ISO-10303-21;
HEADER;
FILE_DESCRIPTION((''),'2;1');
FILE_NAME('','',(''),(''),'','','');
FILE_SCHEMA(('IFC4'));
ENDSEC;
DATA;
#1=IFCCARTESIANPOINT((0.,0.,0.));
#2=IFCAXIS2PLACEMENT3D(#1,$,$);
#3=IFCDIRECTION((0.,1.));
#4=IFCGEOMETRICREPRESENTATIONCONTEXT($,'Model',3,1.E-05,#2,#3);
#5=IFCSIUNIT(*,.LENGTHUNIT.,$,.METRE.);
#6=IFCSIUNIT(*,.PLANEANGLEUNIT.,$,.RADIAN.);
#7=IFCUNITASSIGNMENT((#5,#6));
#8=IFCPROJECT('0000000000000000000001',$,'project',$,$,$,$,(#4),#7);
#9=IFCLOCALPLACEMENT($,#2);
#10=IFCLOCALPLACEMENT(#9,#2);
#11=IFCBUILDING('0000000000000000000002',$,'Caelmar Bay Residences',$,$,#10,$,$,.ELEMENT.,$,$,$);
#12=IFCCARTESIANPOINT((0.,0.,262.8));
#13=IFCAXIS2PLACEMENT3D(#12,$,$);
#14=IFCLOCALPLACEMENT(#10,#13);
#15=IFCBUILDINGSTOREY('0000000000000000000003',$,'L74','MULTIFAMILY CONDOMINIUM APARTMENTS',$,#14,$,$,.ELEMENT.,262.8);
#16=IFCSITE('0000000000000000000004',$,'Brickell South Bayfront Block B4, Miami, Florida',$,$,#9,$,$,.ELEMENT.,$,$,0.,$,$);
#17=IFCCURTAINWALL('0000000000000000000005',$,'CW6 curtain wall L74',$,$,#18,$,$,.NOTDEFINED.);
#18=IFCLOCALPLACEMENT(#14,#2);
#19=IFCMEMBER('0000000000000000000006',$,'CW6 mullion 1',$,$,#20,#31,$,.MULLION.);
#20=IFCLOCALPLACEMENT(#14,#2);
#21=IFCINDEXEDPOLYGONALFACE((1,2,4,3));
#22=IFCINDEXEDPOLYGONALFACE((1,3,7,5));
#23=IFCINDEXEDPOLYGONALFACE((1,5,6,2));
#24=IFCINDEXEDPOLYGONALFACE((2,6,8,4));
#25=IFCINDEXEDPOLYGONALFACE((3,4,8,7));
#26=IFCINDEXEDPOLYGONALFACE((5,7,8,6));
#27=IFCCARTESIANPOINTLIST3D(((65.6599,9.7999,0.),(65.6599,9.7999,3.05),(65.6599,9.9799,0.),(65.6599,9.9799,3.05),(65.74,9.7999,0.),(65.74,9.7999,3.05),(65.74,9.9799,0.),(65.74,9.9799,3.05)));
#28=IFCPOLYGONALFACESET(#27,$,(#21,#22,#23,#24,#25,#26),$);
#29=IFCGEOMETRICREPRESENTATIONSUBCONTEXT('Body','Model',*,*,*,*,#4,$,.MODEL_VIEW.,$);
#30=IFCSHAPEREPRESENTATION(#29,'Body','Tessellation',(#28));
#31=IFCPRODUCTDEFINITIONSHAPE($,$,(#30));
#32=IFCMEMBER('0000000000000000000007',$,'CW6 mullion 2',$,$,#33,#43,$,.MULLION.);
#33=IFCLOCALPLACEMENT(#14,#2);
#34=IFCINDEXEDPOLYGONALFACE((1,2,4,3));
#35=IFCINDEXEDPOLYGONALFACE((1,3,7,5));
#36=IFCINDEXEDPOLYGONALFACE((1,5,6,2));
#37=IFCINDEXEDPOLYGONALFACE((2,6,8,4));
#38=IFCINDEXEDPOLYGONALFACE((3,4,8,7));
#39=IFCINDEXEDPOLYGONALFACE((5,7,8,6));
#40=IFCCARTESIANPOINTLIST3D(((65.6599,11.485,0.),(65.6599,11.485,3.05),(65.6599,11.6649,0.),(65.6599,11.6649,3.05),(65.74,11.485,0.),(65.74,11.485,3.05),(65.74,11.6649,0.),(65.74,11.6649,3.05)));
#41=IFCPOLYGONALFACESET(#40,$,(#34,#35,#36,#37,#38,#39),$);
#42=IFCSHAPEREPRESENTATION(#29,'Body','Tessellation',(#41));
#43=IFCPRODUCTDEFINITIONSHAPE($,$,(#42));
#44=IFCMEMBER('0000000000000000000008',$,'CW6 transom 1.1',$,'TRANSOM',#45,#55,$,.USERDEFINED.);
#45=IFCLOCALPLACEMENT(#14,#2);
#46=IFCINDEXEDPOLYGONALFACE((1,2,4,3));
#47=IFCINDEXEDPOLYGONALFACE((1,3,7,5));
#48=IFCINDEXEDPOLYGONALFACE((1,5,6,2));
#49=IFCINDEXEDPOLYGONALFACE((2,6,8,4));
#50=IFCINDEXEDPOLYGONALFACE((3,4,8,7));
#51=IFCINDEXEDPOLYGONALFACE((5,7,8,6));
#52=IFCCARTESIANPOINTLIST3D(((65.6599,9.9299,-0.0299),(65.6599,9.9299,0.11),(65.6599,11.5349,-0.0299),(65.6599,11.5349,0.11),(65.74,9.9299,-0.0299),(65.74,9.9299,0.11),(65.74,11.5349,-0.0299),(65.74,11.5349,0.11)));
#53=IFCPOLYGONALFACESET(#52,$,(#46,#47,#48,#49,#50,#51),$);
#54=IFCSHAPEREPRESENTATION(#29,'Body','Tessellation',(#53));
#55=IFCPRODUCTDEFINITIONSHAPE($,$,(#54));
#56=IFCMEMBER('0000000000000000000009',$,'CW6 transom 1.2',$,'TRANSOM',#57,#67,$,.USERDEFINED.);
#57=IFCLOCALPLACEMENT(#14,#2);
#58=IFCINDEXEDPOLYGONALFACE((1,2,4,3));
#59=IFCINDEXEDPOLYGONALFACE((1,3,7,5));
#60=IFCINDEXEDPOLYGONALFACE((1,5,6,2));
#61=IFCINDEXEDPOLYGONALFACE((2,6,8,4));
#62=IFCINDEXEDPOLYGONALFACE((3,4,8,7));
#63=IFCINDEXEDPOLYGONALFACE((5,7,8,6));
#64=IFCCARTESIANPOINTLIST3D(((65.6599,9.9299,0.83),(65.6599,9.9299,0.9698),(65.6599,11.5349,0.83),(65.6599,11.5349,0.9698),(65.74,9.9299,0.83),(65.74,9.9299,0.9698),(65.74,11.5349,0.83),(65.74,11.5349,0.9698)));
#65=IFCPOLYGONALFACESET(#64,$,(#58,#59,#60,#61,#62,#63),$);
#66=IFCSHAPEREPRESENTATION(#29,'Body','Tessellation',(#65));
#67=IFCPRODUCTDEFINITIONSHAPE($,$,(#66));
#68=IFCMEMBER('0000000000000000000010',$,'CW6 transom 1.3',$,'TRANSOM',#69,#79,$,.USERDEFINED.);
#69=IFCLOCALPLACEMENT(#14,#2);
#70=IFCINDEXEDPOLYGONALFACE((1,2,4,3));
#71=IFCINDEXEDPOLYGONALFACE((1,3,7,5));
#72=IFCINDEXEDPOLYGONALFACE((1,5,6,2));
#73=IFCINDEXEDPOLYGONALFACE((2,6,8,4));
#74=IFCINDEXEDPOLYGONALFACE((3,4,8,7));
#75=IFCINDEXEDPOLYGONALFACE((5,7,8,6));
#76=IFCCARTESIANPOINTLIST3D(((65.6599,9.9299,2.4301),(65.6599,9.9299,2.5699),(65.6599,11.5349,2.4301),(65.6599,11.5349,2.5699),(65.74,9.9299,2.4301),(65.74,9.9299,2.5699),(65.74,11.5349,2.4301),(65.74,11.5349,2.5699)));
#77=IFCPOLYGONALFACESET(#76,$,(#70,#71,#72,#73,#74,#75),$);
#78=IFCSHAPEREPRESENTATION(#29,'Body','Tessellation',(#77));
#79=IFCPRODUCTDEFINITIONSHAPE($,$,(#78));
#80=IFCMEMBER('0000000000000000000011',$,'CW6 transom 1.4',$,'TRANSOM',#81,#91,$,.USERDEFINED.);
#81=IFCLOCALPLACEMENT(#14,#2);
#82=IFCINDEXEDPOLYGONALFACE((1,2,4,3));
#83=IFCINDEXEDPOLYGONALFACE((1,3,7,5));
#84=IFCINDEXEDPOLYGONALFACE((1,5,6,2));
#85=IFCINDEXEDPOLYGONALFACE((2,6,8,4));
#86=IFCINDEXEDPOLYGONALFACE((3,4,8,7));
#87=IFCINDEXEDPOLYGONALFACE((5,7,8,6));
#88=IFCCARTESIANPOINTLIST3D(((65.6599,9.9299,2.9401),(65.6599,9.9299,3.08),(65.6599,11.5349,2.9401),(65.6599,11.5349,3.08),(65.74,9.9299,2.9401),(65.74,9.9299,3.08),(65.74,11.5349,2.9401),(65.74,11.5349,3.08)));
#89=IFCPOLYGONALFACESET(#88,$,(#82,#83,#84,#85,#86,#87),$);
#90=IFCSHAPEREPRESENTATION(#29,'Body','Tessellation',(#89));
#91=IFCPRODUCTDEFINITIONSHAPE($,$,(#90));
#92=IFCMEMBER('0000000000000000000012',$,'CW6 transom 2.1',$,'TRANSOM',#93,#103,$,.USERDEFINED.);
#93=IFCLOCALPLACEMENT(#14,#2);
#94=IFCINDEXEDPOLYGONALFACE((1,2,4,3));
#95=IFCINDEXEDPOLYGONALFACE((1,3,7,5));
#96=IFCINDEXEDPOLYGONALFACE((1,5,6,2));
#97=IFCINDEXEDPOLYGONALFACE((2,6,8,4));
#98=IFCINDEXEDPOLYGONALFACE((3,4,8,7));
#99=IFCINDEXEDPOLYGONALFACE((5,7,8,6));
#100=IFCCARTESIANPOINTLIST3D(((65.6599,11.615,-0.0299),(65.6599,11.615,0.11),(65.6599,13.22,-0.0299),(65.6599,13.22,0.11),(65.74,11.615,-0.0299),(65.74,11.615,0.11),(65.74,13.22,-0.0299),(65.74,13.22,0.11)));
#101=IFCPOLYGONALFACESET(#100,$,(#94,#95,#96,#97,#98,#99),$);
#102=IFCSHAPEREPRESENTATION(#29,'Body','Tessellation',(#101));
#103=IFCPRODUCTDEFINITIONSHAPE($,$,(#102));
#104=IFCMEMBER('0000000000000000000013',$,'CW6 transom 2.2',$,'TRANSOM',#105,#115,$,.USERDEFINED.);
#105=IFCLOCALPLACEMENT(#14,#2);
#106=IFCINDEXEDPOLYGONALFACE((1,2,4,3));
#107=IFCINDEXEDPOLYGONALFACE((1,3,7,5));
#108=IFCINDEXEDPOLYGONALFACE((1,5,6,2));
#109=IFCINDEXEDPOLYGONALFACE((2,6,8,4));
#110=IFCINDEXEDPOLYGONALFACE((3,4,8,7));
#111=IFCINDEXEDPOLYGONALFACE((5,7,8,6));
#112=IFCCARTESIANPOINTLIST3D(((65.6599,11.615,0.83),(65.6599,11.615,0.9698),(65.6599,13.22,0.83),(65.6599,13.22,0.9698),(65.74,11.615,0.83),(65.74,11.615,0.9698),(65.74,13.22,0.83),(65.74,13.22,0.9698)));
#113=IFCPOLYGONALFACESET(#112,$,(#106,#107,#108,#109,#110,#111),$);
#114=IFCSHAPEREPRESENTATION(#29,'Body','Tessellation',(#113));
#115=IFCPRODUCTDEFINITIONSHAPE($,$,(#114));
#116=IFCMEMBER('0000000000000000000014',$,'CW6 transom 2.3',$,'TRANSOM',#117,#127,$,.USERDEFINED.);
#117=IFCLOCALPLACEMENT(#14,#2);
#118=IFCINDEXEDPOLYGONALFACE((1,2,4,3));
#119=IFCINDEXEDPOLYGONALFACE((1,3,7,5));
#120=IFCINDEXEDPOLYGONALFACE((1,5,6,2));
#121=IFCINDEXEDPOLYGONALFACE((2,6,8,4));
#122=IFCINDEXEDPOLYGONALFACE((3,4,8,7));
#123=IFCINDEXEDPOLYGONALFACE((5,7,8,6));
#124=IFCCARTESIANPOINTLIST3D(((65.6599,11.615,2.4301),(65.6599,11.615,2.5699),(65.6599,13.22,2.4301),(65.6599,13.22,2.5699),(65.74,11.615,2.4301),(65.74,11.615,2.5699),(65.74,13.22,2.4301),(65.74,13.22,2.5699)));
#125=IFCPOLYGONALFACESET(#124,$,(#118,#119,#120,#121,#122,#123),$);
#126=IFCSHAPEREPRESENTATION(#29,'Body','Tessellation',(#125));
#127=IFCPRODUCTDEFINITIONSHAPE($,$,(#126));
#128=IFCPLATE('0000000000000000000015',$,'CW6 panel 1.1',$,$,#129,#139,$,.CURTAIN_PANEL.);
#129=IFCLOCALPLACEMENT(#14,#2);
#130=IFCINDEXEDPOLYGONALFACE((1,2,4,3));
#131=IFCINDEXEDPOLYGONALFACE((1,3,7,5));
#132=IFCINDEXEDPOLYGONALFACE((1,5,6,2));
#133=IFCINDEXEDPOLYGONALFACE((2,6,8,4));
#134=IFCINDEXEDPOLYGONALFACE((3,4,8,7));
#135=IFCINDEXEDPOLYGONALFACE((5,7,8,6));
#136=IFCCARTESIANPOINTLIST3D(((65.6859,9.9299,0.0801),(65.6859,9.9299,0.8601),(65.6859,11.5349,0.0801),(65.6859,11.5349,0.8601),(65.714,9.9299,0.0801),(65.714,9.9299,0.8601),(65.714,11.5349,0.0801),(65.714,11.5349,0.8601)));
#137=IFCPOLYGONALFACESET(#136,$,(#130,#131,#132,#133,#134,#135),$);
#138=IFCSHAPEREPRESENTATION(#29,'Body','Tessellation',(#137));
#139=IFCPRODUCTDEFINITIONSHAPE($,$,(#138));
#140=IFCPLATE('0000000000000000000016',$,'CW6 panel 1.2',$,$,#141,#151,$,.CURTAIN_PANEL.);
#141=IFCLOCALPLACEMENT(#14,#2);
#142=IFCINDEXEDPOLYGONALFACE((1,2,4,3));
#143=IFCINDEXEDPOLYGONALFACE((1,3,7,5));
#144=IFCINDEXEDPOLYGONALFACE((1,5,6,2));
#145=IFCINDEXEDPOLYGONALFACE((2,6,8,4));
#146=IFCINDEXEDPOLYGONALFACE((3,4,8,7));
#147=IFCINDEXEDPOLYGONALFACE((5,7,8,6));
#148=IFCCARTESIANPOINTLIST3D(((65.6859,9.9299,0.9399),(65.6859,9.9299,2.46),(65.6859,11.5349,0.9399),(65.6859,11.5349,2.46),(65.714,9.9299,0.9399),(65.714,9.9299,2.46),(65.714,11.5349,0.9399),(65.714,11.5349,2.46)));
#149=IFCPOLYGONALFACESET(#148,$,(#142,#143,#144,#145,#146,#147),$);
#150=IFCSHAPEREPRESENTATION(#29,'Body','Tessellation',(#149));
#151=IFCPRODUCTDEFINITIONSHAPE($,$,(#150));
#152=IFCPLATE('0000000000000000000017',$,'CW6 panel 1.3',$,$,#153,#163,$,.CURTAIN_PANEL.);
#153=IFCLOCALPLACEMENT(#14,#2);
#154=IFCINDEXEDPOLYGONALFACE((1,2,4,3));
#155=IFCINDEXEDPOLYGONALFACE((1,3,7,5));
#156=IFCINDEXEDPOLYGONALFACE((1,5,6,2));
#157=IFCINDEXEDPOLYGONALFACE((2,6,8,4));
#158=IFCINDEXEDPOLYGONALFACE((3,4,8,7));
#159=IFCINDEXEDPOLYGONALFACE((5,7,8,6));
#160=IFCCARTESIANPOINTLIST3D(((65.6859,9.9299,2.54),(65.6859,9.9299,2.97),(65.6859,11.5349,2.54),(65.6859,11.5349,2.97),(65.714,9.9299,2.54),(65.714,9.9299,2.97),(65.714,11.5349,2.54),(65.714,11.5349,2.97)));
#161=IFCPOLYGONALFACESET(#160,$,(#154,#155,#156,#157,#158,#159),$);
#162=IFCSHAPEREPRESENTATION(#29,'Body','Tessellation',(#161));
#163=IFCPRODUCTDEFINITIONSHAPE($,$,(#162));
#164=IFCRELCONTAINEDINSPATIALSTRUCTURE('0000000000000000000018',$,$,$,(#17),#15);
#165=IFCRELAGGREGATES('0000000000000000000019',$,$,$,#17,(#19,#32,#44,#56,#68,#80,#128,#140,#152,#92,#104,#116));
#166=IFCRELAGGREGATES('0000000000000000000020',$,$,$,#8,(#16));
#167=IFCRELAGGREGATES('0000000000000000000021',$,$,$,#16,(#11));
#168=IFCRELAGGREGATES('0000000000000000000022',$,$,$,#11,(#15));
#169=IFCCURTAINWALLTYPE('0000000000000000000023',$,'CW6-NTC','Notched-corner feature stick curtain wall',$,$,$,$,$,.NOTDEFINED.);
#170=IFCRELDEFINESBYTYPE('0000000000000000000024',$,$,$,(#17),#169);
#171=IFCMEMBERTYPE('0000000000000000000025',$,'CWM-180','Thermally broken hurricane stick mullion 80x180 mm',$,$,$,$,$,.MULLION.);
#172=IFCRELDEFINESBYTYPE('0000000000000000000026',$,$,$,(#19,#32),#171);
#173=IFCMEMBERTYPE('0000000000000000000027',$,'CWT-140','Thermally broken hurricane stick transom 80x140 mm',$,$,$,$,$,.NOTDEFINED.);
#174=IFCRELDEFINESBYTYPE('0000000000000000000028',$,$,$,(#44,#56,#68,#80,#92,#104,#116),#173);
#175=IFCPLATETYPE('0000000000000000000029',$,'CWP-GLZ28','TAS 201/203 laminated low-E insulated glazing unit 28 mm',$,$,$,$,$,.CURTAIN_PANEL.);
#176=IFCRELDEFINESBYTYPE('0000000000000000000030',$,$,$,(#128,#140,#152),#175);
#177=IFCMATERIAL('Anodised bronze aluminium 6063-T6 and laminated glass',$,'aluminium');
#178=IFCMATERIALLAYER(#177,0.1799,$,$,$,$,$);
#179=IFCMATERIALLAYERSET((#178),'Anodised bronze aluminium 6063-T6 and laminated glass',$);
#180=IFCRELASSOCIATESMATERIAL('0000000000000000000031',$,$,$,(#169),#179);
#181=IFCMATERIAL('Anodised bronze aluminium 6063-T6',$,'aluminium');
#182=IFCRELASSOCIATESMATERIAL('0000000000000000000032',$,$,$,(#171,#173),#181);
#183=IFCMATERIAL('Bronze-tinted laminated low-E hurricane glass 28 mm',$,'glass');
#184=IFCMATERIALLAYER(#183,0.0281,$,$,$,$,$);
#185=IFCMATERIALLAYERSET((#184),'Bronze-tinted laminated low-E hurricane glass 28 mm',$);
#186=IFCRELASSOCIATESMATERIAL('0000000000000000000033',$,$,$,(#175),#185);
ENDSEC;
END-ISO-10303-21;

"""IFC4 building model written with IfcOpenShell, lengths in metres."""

from ifc_helpers import new_model, si_unit, direction, frame, origin, origin_2d, place, context, subcontext, project, spatial, rectangle, extrude, material, layer, layer_set, material_profile, profile_set, type_object, element, aggregate, save


model = new_model("IFC4")

# Units and contexts
model_context = context("Model", 3, precision=1e-05, world=origin(), true_north=direction((0.0, 1.0)))
body_context = subcontext(model_context, "Body", "Model", "MODEL_VIEW")
ifc_project = project(units=[si_unit("LENGTHUNIT", "METRE"), si_unit("PLANEANGLEUNIT", "RADIAN")], contexts=[model_context])

# Site, building, storey
site_placement = place(None, origin())
site = spatial("IfcSite", under=ifc_project, at=site_placement, Name="Brickell South Bayfront Block B4, Miami, Florida", CompositionType="ELEMENT", RefElevation=0.0)
building_placement = place(site_placement, origin())
building = spatial("IfcBuilding", under=site, at=building_placement, Name="Caelmar Bay Residences", CompositionType="ELEMENT")
storey_placement = place(building_placement, frame((0.0, 0.0, 262.8)))
storey = spatial("IfcBuildingStorey", under=building, at=storey_placement, Name="L74", Description="MULTIFAMILY CONDOMINIUM APARTMENTS", CompositionType="ELEMENT", Elevation=262.8)

# Curtain wall, members, plates
ifc_material_1 = material(Name="Anodised bronze aluminium 6063-T6 and laminated glass", Category="aluminium")
ifc_layer_1 = layer(ifc_material_1, 0.1799)
ifc_layer_set_1 = layer_set([ifc_layer_1], Name="Anodised bronze aluminium 6063-T6 and laminated glass")
curtain_wall_type = type_object("IfcCurtainWallType", Name="CW6-NTC", Description="Notched-corner feature stick curtain wall", PredefinedType="NOTDEFINED", material=ifc_layer_set_1)
curtain_wall_placement = place(storey_placement, origin())
curtain_wall = element("IfcCurtainWall", 1, at=curtain_wall_placement, inside=storey, type_object=curtain_wall_type, Name="CW6 curtain wall L74", PredefinedType="NOTDEFINED")
ifc_material_2 = material(Name="Anodised bronze aluminium 6063-T6", Category="aluminium")
ifc_material_profile_1 = material_profile(ifc_material_2, rectangle(XDim=0.0801, YDim=0.1799, at=origin_2d()), Name="CWM-80X180")
ifc_profile_set_1 = profile_set([ifc_material_profile_1], Name="Anodised bronze aluminium 6063-T6")
member_type_1 = type_object("IfcMemberType", Name="CWM-180", Description="Thermally broken hurricane stick mullion 80x180 mm", PredefinedType="MULLION", material=ifc_profile_set_1)
member_1_placement = place(storey_placement, frame((65.7, 9.8899, 0.0), z_axis=(0.0, 0.0, 1.0), x_axis=(-1.0, 0.0, 0.0)))
member_1 = element("IfcMember", 2, at=member_1_placement, type_object=member_type_1, Name="CW6 mullion 1", PredefinedType="MULLION", context=body_context, shape_type="SweptSolid", body=[
    extrude(rectangle(XDim=0.0801, YDim=0.1799, at=origin_2d()), origin(), (0.0, 0.0, 1.0), 3.05),
])
member_2_placement = place(storey_placement, frame((65.7, 11.575, 0.0), z_axis=(0.0, 0.0, 1.0), x_axis=(-1.0, 0.0, 0.0)))
member_2 = element("IfcMember", 3, at=member_2_placement, type_object=member_type_1, Name="CW6 mullion 2", PredefinedType="MULLION", context=body_context, shape_type="SweptSolid", body=[
    extrude(rectangle(XDim=0.0801, YDim=0.1799, at=origin_2d()), origin(), (0.0, 0.0, 1.0), 3.05),
])
ifc_material_profile_2 = material_profile(ifc_material_2, rectangle(XDim=0.0801, YDim=0.1399, at=origin_2d()), Name="CWT-80X140")
ifc_profile_set_2 = profile_set([ifc_material_profile_2], Name="Anodised bronze aluminium 6063-T6")
member_type_2 = type_object("IfcMemberType", Name="CWT-140", Description="Thermally broken hurricane stick transom 80x140 mm", PredefinedType="NOTDEFINED", material=ifc_profile_set_2)
member_3_placement = place(storey_placement, frame((65.7, 9.9299, 0.04), z_axis=(0.0, 1.0, 0.0), x_axis=(-1.0, 0.0, 0.0)))
member_3 = element("IfcMember", 4, at=member_3_placement, type_object=member_type_2, Name="CW6 transom 1.1", ObjectType="TRANSOM", PredefinedType="USERDEFINED", context=body_context, shape_type="SweptSolid", body=[
    extrude(rectangle(XDim=0.0801, YDim=0.1399, at=origin_2d()), origin(), (0.0, 0.0, 1.0), 1.605),
])
member_4_placement = place(storey_placement, frame((65.7, 9.9299, 0.8999), z_axis=(0.0, 1.0, 0.0), x_axis=(-1.0, 0.0, 0.0)))
member_4 = element("IfcMember", 5, at=member_4_placement, type_object=member_type_2, Name="CW6 transom 1.2", ObjectType="TRANSOM", PredefinedType="USERDEFINED", context=body_context, shape_type="SweptSolid", body=[
    extrude(rectangle(XDim=0.0801, YDim=0.1399, at=origin_2d()), origin(), (0.0, 0.0, 1.0), 1.605),
])
member_5_placement = place(storey_placement, frame((65.7, 9.9299, 2.5), z_axis=(0.0, 1.0, 0.0), x_axis=(-1.0, 0.0, 0.0)))
member_5 = element("IfcMember", 6, at=member_5_placement, type_object=member_type_2, Name="CW6 transom 1.3", ObjectType="TRANSOM", PredefinedType="USERDEFINED", context=body_context, shape_type="SweptSolid", body=[
    extrude(rectangle(XDim=0.0801, YDim=0.1399, at=origin_2d()), origin(), (0.0, 0.0, 1.0), 1.605),
])
member_6_placement = place(storey_placement, frame((65.7, 9.9299, 3.01), z_axis=(0.0, 1.0, 0.0), x_axis=(-1.0, 0.0, 0.0)))
member_6 = element("IfcMember", 7, at=member_6_placement, type_object=member_type_2, Name="CW6 transom 1.4", ObjectType="TRANSOM", PredefinedType="USERDEFINED", context=body_context, shape_type="SweptSolid", body=[
    extrude(rectangle(XDim=0.0801, YDim=0.1399, at=origin_2d()), origin(), (0.0, 0.0, 1.0), 1.605),
])
member_7_placement = place(storey_placement, frame((65.7, 11.615, 0.04), z_axis=(0.0, 1.0, 0.0), x_axis=(-1.0, 0.0, 0.0)))
member_7 = element("IfcMember", 8, at=member_7_placement, type_object=member_type_2, Name="CW6 transom 2.1", ObjectType="TRANSOM", PredefinedType="USERDEFINED", context=body_context, shape_type="SweptSolid", body=[
    extrude(rectangle(XDim=0.0801, YDim=0.1399, at=origin_2d()), origin(), (0.0, 0.0, 1.0), 1.605),
])
member_8_placement = place(storey_placement, frame((65.7, 11.615, 0.8999), z_axis=(0.0, 1.0, 0.0), x_axis=(-1.0, 0.0, 0.0)))
member_8 = element("IfcMember", 9, at=member_8_placement, type_object=member_type_2, Name="CW6 transom 2.2", ObjectType="TRANSOM", PredefinedType="USERDEFINED", context=body_context, shape_type="SweptSolid", body=[
    extrude(rectangle(XDim=0.0801, YDim=0.1399, at=origin_2d()), origin(), (0.0, 0.0, 1.0), 1.605),
])
member_9_placement = place(storey_placement, frame((65.7, 11.615, 2.5), z_axis=(0.0, 1.0, 0.0), x_axis=(-1.0, 0.0, 0.0)))
member_9 = element("IfcMember", 10, at=member_9_placement, type_object=member_type_2, Name="CW6 transom 2.3", ObjectType="TRANSOM", PredefinedType="USERDEFINED", context=body_context, shape_type="SweptSolid", body=[
    extrude(rectangle(XDim=0.0801, YDim=0.1399, at=origin_2d()), origin(), (0.0, 0.0, 1.0), 1.605),
])
ifc_material_3 = material(Name="Bronze-tinted laminated low-E hurricane glass 28 mm", Category="glass")
ifc_layer_2 = layer(ifc_material_3, 0.0281)
ifc_layer_set_2 = layer_set([ifc_layer_2], Name="Bronze-tinted laminated low-E hurricane glass 28 mm")
plate_type = type_object("IfcPlateType", Name="CWP-GLZ28", Description="TAS 201/203 laminated low-E insulated glazing unit 28 mm", PredefinedType="CURTAIN_PANEL", material=ifc_layer_set_2)
plate_1_placement = place(storey_placement, frame((65.7, 10.7324, 0.0801), z_axis=(0.0, 0.0, 1.0), x_axis=(0.0, 1.0, 0.0)))
plate_1 = element("IfcPlate", 11, at=plate_1_placement, type_object=plate_type, Name="CW6 panel 1.1", PredefinedType="CURTAIN_PANEL", context=body_context, shape_type="SweptSolid", body=[
    extrude(rectangle(XDim=1.605, YDim=0.0281, at=origin_2d()), origin(), (0.0, 0.0, 1.0), 0.78),
])
plate_2_placement = place(storey_placement, frame((65.7, 10.7324, 0.9399), z_axis=(0.0, 0.0, 1.0), x_axis=(0.0, 1.0, 0.0)))
plate_2 = element("IfcPlate", 12, at=plate_2_placement, type_object=plate_type, Name="CW6 panel 1.2", PredefinedType="CURTAIN_PANEL", context=body_context, shape_type="SweptSolid", body=[
    extrude(rectangle(XDim=1.605, YDim=0.0281, at=origin_2d()), origin(), (0.0, 0.0, 1.0), 1.52),
])
plate_3_placement = place(storey_placement, frame((65.7, 10.7324, 2.54), z_axis=(0.0, 0.0, 1.0), x_axis=(0.0, 1.0, 0.0)))
plate_3 = element("IfcPlate", 13, at=plate_3_placement, type_object=plate_type, Name="CW6 panel 1.3", PredefinedType="CURTAIN_PANEL", context=body_context, shape_type="SweptSolid", body=[
    extrude(rectangle(XDim=1.605, YDim=0.0281, at=origin_2d()), origin(), (0.0, 0.0, 1.0), 0.4299),
])
aggregate(curtain_wall, [member_1, member_2, member_3, member_4, member_5, member_6, plate_1, plate_2, plate_3, member_7, member_8, member_9])

save(model, "model.ifc")
